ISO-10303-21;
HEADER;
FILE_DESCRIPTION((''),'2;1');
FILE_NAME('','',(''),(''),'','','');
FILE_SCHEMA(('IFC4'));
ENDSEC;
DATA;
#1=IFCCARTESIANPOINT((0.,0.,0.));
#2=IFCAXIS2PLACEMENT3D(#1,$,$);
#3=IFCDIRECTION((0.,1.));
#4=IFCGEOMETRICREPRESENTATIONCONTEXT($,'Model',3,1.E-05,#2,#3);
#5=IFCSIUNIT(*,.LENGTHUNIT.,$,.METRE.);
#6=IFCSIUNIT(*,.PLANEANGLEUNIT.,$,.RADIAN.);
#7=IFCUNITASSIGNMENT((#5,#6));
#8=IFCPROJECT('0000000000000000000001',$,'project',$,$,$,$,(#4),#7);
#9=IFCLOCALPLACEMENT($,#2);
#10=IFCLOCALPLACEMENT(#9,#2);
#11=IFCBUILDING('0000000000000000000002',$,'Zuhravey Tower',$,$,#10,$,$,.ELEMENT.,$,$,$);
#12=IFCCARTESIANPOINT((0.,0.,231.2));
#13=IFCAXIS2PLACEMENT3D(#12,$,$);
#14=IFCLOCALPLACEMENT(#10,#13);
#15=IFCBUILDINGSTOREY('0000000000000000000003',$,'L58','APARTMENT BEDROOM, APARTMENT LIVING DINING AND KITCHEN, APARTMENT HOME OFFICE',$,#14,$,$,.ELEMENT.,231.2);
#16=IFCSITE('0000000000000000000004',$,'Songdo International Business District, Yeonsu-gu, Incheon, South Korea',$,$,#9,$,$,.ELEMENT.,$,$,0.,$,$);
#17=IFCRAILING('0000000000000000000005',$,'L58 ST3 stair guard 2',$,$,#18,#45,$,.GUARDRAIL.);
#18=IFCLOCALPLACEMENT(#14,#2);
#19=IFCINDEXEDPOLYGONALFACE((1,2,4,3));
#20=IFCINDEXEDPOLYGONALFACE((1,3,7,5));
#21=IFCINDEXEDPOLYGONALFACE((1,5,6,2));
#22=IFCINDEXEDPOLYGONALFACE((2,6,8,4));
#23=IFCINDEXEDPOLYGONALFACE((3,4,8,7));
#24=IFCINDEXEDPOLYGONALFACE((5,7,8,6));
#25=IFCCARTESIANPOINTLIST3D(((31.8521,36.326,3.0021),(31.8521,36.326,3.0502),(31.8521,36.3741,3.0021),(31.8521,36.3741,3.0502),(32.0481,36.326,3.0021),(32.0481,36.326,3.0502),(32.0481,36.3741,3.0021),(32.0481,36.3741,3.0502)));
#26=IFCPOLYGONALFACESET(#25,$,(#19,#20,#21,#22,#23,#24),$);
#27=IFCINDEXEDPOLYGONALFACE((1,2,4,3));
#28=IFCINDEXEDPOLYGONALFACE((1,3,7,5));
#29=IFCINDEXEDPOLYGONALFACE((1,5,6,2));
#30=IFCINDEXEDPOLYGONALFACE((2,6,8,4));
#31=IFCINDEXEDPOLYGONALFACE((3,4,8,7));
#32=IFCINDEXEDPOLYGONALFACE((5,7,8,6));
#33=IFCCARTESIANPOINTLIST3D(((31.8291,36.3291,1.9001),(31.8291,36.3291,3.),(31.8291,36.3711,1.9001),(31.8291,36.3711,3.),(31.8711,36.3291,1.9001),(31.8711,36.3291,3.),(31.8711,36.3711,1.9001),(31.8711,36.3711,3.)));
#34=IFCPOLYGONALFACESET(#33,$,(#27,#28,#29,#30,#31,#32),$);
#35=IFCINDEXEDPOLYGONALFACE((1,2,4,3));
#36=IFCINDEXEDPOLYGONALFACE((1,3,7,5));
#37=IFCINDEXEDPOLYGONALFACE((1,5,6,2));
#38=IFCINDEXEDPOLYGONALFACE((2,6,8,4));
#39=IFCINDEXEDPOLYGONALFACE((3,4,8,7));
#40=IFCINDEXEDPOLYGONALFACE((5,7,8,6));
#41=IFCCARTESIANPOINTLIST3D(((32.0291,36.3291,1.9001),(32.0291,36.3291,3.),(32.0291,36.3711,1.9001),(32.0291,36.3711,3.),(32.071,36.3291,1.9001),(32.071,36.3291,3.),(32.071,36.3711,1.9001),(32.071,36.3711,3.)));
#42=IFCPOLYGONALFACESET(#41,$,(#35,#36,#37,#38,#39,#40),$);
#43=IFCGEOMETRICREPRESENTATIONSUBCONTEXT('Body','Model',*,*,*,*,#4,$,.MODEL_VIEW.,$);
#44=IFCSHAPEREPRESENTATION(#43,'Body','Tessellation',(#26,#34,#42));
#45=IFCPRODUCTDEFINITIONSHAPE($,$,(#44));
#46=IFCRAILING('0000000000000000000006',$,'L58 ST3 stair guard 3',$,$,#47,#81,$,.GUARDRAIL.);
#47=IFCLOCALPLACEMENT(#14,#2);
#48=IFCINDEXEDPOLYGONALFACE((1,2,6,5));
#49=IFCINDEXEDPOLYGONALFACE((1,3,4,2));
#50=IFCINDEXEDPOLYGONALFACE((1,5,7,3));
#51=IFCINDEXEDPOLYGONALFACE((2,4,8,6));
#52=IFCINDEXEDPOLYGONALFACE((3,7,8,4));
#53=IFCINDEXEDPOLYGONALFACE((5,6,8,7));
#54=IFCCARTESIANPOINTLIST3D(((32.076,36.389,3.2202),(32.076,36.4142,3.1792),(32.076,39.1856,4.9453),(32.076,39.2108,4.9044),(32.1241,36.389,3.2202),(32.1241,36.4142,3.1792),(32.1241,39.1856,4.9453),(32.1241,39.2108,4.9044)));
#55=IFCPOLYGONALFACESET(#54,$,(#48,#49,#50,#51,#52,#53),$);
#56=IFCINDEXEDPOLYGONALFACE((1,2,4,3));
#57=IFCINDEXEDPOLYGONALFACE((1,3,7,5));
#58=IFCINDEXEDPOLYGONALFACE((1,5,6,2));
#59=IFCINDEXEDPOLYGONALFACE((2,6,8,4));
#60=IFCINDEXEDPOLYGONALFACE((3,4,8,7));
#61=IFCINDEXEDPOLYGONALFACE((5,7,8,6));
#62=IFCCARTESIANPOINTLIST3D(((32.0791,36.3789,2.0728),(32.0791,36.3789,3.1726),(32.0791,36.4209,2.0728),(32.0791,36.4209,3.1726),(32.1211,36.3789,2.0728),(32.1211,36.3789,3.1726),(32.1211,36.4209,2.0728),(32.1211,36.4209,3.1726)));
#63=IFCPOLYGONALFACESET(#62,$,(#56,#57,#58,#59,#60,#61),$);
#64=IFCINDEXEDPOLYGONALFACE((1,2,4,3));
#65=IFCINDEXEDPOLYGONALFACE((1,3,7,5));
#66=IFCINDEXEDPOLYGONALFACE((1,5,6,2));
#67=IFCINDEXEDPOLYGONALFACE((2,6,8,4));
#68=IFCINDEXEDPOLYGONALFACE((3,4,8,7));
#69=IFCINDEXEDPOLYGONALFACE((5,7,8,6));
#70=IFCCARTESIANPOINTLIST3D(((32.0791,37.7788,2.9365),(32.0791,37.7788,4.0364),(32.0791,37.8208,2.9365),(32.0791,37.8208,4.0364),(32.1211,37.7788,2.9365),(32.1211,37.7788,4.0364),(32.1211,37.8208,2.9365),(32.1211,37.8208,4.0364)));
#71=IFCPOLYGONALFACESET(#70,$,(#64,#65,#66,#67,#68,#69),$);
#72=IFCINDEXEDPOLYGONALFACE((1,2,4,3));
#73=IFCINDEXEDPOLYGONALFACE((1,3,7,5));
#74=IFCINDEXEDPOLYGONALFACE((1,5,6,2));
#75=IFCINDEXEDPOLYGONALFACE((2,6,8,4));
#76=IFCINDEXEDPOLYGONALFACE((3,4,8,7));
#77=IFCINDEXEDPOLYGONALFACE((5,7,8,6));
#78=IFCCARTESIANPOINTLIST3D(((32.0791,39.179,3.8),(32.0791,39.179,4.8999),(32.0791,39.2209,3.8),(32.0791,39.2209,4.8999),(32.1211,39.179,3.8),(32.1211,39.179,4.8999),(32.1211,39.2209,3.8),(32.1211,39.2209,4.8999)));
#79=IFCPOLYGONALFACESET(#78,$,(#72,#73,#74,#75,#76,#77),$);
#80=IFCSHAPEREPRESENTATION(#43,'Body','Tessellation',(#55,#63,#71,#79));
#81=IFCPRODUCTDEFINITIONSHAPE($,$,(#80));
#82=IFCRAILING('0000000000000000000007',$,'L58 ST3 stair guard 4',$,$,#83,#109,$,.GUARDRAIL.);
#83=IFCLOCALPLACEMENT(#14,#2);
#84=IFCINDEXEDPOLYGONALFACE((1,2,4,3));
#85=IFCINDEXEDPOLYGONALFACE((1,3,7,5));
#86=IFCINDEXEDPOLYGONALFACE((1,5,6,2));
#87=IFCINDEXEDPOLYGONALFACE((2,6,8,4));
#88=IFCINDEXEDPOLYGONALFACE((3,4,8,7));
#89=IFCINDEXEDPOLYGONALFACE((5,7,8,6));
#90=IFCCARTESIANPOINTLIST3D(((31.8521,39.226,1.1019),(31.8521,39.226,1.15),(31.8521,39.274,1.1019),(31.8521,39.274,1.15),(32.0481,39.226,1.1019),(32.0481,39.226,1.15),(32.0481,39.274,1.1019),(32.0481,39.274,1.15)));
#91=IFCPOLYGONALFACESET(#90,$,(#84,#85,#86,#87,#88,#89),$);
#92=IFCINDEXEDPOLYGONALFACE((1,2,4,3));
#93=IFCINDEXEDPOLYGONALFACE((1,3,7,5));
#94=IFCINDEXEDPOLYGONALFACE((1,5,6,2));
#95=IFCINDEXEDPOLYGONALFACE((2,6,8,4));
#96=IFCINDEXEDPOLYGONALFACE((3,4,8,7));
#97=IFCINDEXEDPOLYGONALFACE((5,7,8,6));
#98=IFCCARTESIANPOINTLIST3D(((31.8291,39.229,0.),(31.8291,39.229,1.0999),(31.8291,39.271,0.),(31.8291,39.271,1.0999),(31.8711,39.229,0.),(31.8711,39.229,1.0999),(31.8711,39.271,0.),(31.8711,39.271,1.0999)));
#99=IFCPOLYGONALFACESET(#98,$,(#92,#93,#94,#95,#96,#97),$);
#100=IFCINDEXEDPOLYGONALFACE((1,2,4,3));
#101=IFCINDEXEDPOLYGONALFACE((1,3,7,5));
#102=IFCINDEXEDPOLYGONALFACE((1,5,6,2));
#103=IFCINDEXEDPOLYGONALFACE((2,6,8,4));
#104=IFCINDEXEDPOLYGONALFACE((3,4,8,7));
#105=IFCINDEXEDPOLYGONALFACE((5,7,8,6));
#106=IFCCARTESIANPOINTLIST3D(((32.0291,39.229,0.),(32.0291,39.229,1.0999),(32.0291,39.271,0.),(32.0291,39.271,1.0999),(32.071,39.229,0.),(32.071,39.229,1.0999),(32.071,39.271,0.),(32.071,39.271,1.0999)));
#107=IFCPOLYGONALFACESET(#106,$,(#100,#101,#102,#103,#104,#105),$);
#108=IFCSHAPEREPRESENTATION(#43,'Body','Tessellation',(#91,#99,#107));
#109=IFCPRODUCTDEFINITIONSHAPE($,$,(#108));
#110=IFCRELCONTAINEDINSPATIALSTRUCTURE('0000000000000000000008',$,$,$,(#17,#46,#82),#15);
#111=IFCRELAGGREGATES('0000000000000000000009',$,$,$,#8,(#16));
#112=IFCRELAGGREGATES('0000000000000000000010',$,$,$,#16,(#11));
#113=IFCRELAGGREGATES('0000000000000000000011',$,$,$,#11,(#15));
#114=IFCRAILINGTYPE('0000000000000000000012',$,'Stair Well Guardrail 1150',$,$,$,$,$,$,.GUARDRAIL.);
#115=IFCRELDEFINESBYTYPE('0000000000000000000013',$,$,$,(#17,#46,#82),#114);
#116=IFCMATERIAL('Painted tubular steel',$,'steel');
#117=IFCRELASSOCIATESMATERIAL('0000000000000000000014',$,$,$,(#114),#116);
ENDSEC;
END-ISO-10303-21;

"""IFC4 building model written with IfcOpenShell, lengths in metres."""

from ifc_helpers import new_model, si_unit, direction, frame, origin, origin_2d, place, context, subcontext, project, spatial, rectangle, extrude, material, type_object, element, save


model = new_model("IFC4")

# Units and contexts
model_context = context("Model", 3, precision=1e-05, world=origin(), true_north=direction((0.0, 1.0)))
body_context = subcontext(model_context, "Body", "Model", "MODEL_VIEW")
ifc_project = project(units=[si_unit("LENGTHUNIT", "METRE"), si_unit("PLANEANGLEUNIT", "RADIAN")], contexts=[model_context])

# Site, building, storey
site_placement = place(None, origin())
site = spatial("IfcSite", under=ifc_project, at=site_placement, Name="Songdo International Business District, Yeonsu-gu, Incheon, South Korea", CompositionType="ELEMENT", RefElevation=0.0)
building_placement = place(site_placement, origin())
building = spatial("IfcBuilding", under=site, at=building_placement, Name="Zuhravey Tower", CompositionType="ELEMENT")
storey_placement = place(building_placement, frame((0.0, 0.0, 231.2)))
storey = spatial("IfcBuildingStorey", under=building, at=storey_placement, Name="L58", Description="APARTMENT BEDROOM, APARTMENT LIVING DINING AND KITCHEN, APARTMENT HOME OFFICE", CompositionType="ELEMENT", Elevation=231.2)

# Railings
ifc_material_1 = material(Name="Painted tubular steel", Category="steel")
railing_type_1 = type_object("IfcRailingType", Name="Stair Well Guardrail 1150", PredefinedType="GUARDRAIL", material=ifc_material_1)
railing_1_placement = place(storey_placement, frame((31.8501, 36.3501, 1.9001)))
element("IfcRailing", 1, at=railing_1_placement, inside=storey, type_object=railing_type_1, Name="L58 ST3 stair guard 2", PredefinedType="GUARDRAIL", context=body_context, shape_type="SweptSolid", body=[
    extrude(rectangle(XDim=0.0481, YDim=0.0481, at=origin_2d()), frame((0.002, 0.0, 1.126), z_axis=(1.0, 0.0, 0.0), x_axis=(0.0, 1.0, 0.0)), (0.0, 0.0, 1.0), 0.196),
    extrude(rectangle(XDim=0.042, YDim=0.042, at=origin_2d()), origin(), (0.0, 0.0, 1.0), 1.0999),
    extrude(rectangle(XDim=0.042, YDim=0.042, at=origin_2d()), frame((0.2, 0.0, 0.0)), (0.0, 0.0, 1.0), 1.0999),
])
railing_2_placement = place(storey_placement, frame((32.1001, 36.3999, 2.0728)))
element("IfcRailing", 2, at=railing_2_placement, inside=storey, type_object=railing_type_1, Name="L58 ST3 stair guard 3", PredefinedType="GUARDRAIL", context=body_context, shape_type="SweptSolid", body=[
    extrude(rectangle(XDim=0.0481, YDim=0.0481, at=origin_2d()), frame((0.0, 0.0017, 1.127), z_axis=(0.0, 0.85109, 0.52502), x_axis=(-1.0, 0.0, 0.0)), (0.0, 0.0, 1.0), 3.2859),
    extrude(rectangle(XDim=0.042, YDim=0.042, at=origin_2d()), origin(), (0.0, 0.0, 1.0), 1.0999),
    extrude(rectangle(XDim=0.042, YDim=0.042, at=origin_2d()), frame((0.0, 1.3999, 0.8638)), (0.0, 0.0, 1.0), 1.0999),
    extrude(rectangle(XDim=0.042, YDim=0.042, at=origin_2d()), frame((0.0, 2.8, 1.7273)), (0.0, 0.0, 1.0), 1.0999),
])
railing_3_placement = place(storey_placement, frame((31.8501, 39.25, 0.0)))
element("IfcRailing", 3, at=railing_3_placement, inside=storey, type_object=railing_type_1, Name="L58 ST3 stair guard 4", PredefinedType="GUARDRAIL", context=body_context, shape_type="SweptSolid", body=[
    extrude(rectangle(XDim=0.0481, YDim=0.0481, at=origin_2d()), frame((0.002, 0.0, 1.126), z_axis=(1.0, 0.0, 0.0), x_axis=(0.0, 1.0, 0.0)), (0.0, 0.0, 1.0), 0.196),
    extrude(rectangle(XDim=0.042, YDim=0.042, at=origin_2d()), origin(), (0.0, 0.0, 1.0), 1.0999),
    extrude(rectangle(XDim=0.042, YDim=0.042, at=origin_2d()), frame((0.2, 0.0, 0.0)), (0.0, 0.0, 1.0), 1.0999),
])

save(model, "model.ifc")
